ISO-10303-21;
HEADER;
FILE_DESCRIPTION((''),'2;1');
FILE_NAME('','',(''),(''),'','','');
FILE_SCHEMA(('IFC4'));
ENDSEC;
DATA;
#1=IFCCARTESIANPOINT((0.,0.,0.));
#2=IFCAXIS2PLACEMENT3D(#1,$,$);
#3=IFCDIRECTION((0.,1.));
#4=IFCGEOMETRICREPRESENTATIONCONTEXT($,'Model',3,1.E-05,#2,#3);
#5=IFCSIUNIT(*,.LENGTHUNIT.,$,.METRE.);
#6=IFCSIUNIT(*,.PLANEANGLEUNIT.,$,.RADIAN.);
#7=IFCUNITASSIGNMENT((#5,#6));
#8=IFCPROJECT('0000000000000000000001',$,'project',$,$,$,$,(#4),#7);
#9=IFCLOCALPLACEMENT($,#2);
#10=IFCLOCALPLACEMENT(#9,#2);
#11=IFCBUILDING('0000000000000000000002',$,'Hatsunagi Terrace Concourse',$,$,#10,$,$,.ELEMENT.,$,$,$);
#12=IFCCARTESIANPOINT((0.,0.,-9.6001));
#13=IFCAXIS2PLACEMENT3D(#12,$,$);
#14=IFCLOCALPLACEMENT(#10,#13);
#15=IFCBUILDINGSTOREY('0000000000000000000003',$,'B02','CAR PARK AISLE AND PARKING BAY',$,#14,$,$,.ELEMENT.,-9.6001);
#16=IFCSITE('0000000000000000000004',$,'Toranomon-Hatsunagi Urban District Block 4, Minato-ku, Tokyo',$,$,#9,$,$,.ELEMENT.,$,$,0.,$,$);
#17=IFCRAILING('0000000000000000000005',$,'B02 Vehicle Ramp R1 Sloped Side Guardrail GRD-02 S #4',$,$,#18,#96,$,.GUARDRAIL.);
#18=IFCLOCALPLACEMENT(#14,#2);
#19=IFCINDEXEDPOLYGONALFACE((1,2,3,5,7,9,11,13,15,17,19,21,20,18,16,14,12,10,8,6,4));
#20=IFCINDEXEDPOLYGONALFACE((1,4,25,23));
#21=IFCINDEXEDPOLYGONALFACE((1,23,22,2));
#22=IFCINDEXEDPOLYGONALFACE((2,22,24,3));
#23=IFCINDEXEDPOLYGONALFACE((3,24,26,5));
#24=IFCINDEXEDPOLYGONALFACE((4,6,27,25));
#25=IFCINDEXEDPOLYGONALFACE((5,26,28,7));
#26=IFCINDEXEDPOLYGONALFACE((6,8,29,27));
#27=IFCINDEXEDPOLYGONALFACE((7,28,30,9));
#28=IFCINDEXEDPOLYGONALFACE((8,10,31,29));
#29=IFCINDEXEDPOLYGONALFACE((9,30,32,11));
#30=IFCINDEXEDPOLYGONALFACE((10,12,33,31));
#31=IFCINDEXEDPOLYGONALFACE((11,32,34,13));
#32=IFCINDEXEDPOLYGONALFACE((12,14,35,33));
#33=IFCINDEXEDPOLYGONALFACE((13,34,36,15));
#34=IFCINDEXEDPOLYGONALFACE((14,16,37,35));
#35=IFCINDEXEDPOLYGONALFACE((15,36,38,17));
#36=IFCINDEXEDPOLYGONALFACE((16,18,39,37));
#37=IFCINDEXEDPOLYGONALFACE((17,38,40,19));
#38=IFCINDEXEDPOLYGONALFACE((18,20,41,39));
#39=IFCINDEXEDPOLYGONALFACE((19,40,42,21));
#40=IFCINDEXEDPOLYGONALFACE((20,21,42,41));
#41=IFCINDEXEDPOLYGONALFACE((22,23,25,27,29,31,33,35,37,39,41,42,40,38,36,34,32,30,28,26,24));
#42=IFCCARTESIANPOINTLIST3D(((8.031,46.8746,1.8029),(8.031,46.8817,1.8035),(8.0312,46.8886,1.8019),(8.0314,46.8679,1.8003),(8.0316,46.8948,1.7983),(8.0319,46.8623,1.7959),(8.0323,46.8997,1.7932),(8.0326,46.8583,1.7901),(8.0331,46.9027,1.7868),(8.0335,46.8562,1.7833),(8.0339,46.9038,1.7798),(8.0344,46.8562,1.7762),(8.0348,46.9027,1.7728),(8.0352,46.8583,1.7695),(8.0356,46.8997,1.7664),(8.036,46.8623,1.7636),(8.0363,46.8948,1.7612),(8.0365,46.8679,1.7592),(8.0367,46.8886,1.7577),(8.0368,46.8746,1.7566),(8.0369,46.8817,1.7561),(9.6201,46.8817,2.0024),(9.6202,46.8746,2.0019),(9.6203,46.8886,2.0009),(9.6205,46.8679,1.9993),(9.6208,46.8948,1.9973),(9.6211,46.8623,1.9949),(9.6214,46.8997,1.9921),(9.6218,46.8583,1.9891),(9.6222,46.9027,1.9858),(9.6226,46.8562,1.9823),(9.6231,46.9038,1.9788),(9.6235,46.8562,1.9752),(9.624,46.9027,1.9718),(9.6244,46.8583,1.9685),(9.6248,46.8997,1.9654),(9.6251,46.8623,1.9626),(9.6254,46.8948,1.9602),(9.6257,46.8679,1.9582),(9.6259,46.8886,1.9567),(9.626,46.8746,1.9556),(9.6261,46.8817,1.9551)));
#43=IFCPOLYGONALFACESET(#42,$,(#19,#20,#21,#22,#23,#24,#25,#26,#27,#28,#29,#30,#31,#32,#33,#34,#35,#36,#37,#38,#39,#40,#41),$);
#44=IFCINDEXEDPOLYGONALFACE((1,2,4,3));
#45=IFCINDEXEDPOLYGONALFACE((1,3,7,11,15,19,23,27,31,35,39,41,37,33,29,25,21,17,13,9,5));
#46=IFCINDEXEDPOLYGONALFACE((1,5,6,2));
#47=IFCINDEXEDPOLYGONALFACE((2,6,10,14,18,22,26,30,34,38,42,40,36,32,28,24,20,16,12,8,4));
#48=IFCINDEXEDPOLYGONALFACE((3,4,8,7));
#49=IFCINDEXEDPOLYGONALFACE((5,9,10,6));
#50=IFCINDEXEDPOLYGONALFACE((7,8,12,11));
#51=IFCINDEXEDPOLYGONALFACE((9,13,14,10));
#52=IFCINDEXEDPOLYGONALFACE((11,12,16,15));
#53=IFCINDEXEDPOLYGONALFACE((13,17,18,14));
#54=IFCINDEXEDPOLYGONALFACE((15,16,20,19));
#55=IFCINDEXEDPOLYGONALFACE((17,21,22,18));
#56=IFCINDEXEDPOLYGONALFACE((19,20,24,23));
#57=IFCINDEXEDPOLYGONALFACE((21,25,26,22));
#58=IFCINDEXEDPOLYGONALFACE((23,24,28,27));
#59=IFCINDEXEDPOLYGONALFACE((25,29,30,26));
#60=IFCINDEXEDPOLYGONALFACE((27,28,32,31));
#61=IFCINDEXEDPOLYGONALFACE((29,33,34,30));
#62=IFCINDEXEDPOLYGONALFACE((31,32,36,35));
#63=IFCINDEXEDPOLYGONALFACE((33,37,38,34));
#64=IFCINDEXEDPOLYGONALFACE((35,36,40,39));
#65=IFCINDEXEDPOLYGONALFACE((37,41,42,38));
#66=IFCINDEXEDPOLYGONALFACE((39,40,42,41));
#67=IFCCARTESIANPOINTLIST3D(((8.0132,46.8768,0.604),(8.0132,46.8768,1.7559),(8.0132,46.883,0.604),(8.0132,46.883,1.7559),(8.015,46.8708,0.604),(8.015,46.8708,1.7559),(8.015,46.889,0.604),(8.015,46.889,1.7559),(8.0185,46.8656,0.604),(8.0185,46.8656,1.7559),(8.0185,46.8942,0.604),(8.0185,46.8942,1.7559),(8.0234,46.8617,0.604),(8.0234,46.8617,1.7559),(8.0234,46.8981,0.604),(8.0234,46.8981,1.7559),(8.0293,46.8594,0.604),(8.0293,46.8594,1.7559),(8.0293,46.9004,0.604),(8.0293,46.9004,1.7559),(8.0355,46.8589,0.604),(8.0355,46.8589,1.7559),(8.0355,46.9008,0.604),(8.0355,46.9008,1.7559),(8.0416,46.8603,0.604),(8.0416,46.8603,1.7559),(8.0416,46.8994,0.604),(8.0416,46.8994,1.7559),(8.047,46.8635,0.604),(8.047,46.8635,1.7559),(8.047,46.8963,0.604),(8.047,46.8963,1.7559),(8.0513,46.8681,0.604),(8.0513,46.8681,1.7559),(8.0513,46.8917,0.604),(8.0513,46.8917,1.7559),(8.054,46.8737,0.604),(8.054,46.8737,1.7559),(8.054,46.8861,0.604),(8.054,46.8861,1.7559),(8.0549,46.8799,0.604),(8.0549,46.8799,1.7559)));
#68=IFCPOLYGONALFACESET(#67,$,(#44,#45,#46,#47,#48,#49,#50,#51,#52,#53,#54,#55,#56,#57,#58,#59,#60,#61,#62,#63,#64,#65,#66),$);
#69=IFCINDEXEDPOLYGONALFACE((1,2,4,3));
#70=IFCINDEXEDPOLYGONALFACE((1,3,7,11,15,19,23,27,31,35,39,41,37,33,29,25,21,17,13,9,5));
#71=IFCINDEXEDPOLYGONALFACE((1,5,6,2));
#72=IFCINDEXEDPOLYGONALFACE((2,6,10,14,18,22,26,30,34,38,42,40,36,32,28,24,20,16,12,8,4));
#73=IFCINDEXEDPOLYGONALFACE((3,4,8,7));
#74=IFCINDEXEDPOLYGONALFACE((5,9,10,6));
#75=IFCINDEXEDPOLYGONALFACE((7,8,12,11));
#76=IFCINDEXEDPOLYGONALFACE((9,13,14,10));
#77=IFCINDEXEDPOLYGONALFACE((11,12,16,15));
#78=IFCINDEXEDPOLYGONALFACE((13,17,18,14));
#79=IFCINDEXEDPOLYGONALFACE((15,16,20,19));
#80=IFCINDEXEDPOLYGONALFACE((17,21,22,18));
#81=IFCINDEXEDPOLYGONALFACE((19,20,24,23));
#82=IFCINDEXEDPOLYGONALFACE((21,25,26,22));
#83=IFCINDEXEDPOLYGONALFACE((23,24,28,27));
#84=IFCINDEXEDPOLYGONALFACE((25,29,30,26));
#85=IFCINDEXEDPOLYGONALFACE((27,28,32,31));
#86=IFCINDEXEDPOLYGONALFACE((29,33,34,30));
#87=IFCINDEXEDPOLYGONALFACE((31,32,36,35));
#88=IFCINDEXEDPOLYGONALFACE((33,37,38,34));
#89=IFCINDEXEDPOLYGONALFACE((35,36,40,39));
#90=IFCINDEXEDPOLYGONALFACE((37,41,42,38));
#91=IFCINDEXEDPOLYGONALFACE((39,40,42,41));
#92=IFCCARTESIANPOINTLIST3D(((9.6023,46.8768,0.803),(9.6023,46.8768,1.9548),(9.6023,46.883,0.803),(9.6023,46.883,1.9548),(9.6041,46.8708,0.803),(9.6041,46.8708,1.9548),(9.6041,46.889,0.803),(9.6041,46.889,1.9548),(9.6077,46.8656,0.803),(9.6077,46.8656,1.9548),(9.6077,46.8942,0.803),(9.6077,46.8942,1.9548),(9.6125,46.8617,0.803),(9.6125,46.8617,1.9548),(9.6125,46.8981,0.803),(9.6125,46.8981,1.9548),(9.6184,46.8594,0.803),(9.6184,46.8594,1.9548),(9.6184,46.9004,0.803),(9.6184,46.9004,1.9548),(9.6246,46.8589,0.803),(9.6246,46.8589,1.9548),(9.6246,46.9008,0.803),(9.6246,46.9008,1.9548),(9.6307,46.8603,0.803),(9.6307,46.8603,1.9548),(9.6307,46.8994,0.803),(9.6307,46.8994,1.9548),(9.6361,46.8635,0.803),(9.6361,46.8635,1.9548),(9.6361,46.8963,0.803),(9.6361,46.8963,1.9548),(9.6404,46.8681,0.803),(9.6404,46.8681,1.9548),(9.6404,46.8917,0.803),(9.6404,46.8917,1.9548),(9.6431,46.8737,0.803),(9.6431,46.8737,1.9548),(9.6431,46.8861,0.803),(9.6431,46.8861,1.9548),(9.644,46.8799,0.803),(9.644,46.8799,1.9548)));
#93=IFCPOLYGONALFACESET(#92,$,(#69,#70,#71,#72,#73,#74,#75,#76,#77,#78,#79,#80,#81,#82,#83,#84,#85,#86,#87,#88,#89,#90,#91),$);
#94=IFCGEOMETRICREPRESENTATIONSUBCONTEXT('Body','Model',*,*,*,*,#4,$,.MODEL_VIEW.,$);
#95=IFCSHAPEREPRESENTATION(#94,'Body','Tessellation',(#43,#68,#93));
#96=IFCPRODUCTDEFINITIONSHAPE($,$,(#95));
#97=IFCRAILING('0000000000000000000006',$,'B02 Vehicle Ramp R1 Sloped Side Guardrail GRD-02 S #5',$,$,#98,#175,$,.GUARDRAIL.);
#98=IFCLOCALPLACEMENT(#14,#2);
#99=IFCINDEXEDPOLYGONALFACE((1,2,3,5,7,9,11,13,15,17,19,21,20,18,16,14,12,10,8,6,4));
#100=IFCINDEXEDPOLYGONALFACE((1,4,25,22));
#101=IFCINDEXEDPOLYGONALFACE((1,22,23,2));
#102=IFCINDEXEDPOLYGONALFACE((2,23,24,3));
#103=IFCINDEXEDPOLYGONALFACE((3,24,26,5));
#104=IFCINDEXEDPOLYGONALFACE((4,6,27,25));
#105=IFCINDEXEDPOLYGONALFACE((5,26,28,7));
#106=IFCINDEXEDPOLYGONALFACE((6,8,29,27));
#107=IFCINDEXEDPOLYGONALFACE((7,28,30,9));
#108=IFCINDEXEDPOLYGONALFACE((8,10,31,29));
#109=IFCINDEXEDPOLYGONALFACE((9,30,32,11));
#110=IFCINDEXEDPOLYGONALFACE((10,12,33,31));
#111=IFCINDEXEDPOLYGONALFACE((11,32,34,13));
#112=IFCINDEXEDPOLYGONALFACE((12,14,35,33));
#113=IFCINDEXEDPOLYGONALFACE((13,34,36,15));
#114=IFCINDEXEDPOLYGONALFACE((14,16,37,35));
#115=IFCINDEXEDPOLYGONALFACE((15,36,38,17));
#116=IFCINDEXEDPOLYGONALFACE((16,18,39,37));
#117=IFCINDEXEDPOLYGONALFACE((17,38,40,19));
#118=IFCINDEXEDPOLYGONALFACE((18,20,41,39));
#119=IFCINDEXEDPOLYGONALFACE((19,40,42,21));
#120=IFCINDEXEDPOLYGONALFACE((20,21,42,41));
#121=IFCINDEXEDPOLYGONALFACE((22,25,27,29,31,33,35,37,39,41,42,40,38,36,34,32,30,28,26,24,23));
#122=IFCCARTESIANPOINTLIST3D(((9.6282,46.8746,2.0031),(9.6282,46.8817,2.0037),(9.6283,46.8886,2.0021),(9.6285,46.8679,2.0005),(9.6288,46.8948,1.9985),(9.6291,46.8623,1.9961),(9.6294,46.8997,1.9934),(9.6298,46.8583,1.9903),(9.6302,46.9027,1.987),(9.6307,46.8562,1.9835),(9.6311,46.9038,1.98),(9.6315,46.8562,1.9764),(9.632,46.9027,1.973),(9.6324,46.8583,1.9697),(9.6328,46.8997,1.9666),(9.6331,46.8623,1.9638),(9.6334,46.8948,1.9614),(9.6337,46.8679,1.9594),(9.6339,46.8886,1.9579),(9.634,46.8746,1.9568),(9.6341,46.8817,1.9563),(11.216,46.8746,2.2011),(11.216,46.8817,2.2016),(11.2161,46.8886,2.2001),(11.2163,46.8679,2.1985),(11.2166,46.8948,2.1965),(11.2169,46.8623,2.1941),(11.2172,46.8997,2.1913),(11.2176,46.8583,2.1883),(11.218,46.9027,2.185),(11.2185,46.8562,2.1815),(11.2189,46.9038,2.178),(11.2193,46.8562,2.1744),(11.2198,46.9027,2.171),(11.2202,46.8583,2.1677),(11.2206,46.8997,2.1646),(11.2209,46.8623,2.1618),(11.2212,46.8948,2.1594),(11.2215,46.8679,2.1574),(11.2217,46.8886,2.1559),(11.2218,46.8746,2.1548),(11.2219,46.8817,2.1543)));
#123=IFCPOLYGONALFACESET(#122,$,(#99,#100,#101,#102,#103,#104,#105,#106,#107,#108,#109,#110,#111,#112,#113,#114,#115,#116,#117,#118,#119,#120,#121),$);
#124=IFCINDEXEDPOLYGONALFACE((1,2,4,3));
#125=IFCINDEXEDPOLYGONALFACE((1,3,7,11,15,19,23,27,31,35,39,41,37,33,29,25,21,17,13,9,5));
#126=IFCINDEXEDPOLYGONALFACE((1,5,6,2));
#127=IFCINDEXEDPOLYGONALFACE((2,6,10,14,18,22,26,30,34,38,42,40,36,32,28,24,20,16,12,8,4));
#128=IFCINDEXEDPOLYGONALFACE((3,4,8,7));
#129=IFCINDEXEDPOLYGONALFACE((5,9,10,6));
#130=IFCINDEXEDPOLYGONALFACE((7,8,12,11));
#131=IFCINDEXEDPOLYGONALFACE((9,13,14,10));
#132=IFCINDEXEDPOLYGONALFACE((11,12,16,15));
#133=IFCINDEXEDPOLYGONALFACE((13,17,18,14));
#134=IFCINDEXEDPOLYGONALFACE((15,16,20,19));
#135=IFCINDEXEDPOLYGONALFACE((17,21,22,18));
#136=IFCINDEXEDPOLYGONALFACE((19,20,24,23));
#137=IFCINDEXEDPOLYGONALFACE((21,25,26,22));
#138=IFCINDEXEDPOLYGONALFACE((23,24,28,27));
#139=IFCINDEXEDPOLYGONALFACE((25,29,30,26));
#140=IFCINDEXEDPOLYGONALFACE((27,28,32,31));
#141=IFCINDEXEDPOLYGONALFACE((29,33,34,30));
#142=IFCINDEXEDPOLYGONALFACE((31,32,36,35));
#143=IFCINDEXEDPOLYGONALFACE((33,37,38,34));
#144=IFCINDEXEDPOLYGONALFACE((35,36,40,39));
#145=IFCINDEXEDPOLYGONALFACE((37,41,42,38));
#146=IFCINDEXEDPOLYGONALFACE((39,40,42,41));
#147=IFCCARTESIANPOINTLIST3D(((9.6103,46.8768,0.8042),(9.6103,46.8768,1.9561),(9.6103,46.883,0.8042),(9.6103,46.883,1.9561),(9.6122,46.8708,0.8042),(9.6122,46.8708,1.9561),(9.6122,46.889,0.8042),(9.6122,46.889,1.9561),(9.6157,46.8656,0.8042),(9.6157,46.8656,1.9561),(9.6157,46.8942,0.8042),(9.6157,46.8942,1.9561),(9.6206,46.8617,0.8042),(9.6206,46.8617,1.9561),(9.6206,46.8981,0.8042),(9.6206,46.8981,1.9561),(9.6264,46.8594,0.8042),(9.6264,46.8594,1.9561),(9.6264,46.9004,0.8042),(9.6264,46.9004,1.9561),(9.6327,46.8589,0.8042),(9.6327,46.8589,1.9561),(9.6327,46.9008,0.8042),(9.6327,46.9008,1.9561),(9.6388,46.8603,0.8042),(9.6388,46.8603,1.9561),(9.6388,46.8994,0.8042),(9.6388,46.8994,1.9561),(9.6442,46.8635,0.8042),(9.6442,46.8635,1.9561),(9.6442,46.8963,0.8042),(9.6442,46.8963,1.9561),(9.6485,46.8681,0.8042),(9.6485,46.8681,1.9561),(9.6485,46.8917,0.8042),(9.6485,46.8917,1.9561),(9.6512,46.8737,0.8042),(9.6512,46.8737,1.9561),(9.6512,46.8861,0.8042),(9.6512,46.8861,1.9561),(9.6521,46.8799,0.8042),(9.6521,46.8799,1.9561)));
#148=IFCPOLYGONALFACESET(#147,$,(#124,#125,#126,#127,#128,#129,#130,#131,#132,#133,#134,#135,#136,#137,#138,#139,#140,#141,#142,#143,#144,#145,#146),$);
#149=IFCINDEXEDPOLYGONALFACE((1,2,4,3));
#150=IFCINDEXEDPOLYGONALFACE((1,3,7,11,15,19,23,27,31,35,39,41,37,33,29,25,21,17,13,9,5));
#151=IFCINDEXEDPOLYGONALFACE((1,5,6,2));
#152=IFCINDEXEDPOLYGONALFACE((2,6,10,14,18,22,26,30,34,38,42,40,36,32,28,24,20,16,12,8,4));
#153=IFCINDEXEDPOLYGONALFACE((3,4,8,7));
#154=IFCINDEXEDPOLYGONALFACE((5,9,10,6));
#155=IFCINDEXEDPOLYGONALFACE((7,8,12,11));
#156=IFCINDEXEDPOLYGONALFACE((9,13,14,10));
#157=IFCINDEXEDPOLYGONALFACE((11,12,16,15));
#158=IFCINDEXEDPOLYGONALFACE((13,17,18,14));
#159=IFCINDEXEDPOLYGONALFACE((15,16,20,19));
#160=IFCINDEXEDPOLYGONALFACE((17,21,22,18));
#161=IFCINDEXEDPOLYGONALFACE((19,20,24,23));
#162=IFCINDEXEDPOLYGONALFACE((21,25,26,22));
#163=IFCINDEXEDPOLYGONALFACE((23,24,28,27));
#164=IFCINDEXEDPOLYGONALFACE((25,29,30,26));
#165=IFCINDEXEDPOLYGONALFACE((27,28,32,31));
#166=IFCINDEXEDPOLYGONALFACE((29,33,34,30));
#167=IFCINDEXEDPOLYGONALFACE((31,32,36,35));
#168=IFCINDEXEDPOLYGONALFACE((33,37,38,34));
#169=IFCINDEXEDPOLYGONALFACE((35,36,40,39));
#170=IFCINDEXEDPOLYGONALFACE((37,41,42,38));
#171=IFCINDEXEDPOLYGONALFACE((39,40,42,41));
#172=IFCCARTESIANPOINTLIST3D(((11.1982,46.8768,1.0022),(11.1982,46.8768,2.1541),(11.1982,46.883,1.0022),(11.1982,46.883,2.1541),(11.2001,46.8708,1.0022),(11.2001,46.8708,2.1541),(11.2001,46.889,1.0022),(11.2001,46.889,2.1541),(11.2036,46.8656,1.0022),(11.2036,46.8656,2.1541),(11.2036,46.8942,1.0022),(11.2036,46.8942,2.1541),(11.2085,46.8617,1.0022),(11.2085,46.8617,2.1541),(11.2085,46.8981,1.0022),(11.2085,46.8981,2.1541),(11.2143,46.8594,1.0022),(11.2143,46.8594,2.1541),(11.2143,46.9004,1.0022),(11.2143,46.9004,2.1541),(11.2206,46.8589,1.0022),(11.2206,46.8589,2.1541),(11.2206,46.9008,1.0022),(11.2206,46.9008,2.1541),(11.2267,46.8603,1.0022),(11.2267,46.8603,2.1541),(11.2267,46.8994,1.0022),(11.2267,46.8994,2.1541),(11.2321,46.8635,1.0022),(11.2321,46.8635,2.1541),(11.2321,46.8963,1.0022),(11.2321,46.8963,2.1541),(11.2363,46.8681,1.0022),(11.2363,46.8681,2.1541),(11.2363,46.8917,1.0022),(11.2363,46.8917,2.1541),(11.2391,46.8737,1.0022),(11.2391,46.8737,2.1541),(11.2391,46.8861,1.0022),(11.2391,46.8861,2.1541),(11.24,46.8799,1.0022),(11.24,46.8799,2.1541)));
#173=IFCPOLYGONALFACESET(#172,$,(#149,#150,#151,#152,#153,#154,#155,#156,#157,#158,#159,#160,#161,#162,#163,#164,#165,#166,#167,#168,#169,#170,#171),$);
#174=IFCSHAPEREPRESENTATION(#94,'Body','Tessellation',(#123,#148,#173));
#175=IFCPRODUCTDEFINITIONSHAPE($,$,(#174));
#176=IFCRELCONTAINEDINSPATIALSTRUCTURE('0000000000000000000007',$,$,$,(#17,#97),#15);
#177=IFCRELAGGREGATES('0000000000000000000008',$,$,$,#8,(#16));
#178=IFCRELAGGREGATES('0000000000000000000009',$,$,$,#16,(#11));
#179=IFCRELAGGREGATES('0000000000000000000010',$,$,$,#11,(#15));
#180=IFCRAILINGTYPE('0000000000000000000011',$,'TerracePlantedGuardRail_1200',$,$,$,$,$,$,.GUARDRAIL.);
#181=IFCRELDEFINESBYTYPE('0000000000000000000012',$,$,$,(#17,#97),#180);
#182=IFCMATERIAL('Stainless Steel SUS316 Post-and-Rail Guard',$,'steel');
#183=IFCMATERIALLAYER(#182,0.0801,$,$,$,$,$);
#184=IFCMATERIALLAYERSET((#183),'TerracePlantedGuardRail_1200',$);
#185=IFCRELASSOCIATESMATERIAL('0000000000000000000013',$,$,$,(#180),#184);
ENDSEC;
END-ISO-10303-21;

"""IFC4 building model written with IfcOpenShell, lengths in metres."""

from ifc_helpers import new_model, si_unit, direction, frame, origin, origin_2d, place, context, subcontext, project, spatial, circle, extrude, material, layer, layer_set, type_object, element, save


model = new_model("IFC4")

# Units and contexts
model_context = context("Model", 3, precision=1e-05, world=origin(), true_north=direction((0.0, 1.0)))
body_context = subcontext(model_context, "Body", "Model", "MODEL_VIEW")
ifc_project = project(units=[si_unit("LENGTHUNIT", "METRE"), si_unit("PLANEANGLEUNIT", "RADIAN")], contexts=[model_context])

# Site, building, storey
site_placement = place(None, origin())
site = spatial("IfcSite", under=ifc_project, at=site_placement, Name="Toranomon-Hatsunagi Urban District Block 4, Minato-ku, Tokyo", CompositionType="ELEMENT", RefElevation=0.0)
building_placement = place(site_placement, origin())
building = spatial("IfcBuilding", under=site, at=building_placement, Name="Hatsunagi Terrace Concourse", CompositionType="ELEMENT")
storey_placement = place(building_placement, frame((0.0, 0.0, -9.6001)))
storey = spatial("IfcBuildingStorey", under=building, at=storey_placement, Name="B02", Description="CAR PARK AISLE AND PARKING BAY", CompositionType="ELEMENT", Elevation=-9.6001)

# Railings
ifc_material_1 = material(Name="Stainless Steel SUS316 Post-and-Rail Guard", Category="steel")
ifc_layer_1 = layer(ifc_material_1, 0.0801)
ifc_layer_set_1 = layer_set([ifc_layer_1], Name="TerracePlantedGuardRail_1200")
railing_type = type_object("IfcRailingType", Name="TerracePlantedGuardRail_1200", PredefinedType="GUARDRAIL", material=ifc_layer_set_1)
railing_1_placement = place(storey_placement, frame((8.0339, 46.8799, 0.604)))
element("IfcRailing", 1, at=railing_1_placement, inside=storey, type_object=railing_type, Name="B02 Vehicle Ramp R1 Sloped Side Guardrail GRD-02 S #4", PredefinedType="GUARDRAIL", context=body_context, shape_type="SweptSolid", body=[
    extrude(circle(Radius=0.0239, at=origin_2d()), frame((0.0, 0.0, 1.1758), z_axis=(0.992252, 0.0, 0.124241), x_axis=(0.0, 1.0, 0.0)), (0.0, 0.0, 1.0), 1.6016),
    extrude(circle(Radius=0.021, at=origin_2d()), origin(), (0.0, 0.0, 1.0), 1.1519),
    extrude(circle(Radius=0.021, at=origin_2d()), frame((1.5891, 0.0, 0.199)), (0.0, 0.0, 1.0), 1.1519),
])
railing_2_placement = place(storey_placement, frame((9.6311, 46.8799, 0.8042)))
element("IfcRailing", 2, at=railing_2_placement, inside=storey, type_object=railing_type, Name="B02 Vehicle Ramp R1 Sloped Side Guardrail GRD-02 S #5", PredefinedType="GUARDRAIL", context=body_context, shape_type="SweptSolid", body=[
    extrude(circle(Radius=0.0239, at=origin_2d()), frame((0.0, 0.0, 1.1758), z_axis=(0.992315, 0.0, 0.123734), x_axis=(0.0, 1.0, 0.0)), (0.0, 0.0, 1.0), 1.6001),
    extrude(circle(Radius=0.021, at=origin_2d()), origin(), (0.0, 0.0, 1.0), 1.1519),
    extrude(circle(Radius=0.021, at=origin_2d()), frame((1.5879, 0.0, 0.198)), (0.0, 0.0, 1.0), 1.1519),
])

save(model, "model.ifc")
